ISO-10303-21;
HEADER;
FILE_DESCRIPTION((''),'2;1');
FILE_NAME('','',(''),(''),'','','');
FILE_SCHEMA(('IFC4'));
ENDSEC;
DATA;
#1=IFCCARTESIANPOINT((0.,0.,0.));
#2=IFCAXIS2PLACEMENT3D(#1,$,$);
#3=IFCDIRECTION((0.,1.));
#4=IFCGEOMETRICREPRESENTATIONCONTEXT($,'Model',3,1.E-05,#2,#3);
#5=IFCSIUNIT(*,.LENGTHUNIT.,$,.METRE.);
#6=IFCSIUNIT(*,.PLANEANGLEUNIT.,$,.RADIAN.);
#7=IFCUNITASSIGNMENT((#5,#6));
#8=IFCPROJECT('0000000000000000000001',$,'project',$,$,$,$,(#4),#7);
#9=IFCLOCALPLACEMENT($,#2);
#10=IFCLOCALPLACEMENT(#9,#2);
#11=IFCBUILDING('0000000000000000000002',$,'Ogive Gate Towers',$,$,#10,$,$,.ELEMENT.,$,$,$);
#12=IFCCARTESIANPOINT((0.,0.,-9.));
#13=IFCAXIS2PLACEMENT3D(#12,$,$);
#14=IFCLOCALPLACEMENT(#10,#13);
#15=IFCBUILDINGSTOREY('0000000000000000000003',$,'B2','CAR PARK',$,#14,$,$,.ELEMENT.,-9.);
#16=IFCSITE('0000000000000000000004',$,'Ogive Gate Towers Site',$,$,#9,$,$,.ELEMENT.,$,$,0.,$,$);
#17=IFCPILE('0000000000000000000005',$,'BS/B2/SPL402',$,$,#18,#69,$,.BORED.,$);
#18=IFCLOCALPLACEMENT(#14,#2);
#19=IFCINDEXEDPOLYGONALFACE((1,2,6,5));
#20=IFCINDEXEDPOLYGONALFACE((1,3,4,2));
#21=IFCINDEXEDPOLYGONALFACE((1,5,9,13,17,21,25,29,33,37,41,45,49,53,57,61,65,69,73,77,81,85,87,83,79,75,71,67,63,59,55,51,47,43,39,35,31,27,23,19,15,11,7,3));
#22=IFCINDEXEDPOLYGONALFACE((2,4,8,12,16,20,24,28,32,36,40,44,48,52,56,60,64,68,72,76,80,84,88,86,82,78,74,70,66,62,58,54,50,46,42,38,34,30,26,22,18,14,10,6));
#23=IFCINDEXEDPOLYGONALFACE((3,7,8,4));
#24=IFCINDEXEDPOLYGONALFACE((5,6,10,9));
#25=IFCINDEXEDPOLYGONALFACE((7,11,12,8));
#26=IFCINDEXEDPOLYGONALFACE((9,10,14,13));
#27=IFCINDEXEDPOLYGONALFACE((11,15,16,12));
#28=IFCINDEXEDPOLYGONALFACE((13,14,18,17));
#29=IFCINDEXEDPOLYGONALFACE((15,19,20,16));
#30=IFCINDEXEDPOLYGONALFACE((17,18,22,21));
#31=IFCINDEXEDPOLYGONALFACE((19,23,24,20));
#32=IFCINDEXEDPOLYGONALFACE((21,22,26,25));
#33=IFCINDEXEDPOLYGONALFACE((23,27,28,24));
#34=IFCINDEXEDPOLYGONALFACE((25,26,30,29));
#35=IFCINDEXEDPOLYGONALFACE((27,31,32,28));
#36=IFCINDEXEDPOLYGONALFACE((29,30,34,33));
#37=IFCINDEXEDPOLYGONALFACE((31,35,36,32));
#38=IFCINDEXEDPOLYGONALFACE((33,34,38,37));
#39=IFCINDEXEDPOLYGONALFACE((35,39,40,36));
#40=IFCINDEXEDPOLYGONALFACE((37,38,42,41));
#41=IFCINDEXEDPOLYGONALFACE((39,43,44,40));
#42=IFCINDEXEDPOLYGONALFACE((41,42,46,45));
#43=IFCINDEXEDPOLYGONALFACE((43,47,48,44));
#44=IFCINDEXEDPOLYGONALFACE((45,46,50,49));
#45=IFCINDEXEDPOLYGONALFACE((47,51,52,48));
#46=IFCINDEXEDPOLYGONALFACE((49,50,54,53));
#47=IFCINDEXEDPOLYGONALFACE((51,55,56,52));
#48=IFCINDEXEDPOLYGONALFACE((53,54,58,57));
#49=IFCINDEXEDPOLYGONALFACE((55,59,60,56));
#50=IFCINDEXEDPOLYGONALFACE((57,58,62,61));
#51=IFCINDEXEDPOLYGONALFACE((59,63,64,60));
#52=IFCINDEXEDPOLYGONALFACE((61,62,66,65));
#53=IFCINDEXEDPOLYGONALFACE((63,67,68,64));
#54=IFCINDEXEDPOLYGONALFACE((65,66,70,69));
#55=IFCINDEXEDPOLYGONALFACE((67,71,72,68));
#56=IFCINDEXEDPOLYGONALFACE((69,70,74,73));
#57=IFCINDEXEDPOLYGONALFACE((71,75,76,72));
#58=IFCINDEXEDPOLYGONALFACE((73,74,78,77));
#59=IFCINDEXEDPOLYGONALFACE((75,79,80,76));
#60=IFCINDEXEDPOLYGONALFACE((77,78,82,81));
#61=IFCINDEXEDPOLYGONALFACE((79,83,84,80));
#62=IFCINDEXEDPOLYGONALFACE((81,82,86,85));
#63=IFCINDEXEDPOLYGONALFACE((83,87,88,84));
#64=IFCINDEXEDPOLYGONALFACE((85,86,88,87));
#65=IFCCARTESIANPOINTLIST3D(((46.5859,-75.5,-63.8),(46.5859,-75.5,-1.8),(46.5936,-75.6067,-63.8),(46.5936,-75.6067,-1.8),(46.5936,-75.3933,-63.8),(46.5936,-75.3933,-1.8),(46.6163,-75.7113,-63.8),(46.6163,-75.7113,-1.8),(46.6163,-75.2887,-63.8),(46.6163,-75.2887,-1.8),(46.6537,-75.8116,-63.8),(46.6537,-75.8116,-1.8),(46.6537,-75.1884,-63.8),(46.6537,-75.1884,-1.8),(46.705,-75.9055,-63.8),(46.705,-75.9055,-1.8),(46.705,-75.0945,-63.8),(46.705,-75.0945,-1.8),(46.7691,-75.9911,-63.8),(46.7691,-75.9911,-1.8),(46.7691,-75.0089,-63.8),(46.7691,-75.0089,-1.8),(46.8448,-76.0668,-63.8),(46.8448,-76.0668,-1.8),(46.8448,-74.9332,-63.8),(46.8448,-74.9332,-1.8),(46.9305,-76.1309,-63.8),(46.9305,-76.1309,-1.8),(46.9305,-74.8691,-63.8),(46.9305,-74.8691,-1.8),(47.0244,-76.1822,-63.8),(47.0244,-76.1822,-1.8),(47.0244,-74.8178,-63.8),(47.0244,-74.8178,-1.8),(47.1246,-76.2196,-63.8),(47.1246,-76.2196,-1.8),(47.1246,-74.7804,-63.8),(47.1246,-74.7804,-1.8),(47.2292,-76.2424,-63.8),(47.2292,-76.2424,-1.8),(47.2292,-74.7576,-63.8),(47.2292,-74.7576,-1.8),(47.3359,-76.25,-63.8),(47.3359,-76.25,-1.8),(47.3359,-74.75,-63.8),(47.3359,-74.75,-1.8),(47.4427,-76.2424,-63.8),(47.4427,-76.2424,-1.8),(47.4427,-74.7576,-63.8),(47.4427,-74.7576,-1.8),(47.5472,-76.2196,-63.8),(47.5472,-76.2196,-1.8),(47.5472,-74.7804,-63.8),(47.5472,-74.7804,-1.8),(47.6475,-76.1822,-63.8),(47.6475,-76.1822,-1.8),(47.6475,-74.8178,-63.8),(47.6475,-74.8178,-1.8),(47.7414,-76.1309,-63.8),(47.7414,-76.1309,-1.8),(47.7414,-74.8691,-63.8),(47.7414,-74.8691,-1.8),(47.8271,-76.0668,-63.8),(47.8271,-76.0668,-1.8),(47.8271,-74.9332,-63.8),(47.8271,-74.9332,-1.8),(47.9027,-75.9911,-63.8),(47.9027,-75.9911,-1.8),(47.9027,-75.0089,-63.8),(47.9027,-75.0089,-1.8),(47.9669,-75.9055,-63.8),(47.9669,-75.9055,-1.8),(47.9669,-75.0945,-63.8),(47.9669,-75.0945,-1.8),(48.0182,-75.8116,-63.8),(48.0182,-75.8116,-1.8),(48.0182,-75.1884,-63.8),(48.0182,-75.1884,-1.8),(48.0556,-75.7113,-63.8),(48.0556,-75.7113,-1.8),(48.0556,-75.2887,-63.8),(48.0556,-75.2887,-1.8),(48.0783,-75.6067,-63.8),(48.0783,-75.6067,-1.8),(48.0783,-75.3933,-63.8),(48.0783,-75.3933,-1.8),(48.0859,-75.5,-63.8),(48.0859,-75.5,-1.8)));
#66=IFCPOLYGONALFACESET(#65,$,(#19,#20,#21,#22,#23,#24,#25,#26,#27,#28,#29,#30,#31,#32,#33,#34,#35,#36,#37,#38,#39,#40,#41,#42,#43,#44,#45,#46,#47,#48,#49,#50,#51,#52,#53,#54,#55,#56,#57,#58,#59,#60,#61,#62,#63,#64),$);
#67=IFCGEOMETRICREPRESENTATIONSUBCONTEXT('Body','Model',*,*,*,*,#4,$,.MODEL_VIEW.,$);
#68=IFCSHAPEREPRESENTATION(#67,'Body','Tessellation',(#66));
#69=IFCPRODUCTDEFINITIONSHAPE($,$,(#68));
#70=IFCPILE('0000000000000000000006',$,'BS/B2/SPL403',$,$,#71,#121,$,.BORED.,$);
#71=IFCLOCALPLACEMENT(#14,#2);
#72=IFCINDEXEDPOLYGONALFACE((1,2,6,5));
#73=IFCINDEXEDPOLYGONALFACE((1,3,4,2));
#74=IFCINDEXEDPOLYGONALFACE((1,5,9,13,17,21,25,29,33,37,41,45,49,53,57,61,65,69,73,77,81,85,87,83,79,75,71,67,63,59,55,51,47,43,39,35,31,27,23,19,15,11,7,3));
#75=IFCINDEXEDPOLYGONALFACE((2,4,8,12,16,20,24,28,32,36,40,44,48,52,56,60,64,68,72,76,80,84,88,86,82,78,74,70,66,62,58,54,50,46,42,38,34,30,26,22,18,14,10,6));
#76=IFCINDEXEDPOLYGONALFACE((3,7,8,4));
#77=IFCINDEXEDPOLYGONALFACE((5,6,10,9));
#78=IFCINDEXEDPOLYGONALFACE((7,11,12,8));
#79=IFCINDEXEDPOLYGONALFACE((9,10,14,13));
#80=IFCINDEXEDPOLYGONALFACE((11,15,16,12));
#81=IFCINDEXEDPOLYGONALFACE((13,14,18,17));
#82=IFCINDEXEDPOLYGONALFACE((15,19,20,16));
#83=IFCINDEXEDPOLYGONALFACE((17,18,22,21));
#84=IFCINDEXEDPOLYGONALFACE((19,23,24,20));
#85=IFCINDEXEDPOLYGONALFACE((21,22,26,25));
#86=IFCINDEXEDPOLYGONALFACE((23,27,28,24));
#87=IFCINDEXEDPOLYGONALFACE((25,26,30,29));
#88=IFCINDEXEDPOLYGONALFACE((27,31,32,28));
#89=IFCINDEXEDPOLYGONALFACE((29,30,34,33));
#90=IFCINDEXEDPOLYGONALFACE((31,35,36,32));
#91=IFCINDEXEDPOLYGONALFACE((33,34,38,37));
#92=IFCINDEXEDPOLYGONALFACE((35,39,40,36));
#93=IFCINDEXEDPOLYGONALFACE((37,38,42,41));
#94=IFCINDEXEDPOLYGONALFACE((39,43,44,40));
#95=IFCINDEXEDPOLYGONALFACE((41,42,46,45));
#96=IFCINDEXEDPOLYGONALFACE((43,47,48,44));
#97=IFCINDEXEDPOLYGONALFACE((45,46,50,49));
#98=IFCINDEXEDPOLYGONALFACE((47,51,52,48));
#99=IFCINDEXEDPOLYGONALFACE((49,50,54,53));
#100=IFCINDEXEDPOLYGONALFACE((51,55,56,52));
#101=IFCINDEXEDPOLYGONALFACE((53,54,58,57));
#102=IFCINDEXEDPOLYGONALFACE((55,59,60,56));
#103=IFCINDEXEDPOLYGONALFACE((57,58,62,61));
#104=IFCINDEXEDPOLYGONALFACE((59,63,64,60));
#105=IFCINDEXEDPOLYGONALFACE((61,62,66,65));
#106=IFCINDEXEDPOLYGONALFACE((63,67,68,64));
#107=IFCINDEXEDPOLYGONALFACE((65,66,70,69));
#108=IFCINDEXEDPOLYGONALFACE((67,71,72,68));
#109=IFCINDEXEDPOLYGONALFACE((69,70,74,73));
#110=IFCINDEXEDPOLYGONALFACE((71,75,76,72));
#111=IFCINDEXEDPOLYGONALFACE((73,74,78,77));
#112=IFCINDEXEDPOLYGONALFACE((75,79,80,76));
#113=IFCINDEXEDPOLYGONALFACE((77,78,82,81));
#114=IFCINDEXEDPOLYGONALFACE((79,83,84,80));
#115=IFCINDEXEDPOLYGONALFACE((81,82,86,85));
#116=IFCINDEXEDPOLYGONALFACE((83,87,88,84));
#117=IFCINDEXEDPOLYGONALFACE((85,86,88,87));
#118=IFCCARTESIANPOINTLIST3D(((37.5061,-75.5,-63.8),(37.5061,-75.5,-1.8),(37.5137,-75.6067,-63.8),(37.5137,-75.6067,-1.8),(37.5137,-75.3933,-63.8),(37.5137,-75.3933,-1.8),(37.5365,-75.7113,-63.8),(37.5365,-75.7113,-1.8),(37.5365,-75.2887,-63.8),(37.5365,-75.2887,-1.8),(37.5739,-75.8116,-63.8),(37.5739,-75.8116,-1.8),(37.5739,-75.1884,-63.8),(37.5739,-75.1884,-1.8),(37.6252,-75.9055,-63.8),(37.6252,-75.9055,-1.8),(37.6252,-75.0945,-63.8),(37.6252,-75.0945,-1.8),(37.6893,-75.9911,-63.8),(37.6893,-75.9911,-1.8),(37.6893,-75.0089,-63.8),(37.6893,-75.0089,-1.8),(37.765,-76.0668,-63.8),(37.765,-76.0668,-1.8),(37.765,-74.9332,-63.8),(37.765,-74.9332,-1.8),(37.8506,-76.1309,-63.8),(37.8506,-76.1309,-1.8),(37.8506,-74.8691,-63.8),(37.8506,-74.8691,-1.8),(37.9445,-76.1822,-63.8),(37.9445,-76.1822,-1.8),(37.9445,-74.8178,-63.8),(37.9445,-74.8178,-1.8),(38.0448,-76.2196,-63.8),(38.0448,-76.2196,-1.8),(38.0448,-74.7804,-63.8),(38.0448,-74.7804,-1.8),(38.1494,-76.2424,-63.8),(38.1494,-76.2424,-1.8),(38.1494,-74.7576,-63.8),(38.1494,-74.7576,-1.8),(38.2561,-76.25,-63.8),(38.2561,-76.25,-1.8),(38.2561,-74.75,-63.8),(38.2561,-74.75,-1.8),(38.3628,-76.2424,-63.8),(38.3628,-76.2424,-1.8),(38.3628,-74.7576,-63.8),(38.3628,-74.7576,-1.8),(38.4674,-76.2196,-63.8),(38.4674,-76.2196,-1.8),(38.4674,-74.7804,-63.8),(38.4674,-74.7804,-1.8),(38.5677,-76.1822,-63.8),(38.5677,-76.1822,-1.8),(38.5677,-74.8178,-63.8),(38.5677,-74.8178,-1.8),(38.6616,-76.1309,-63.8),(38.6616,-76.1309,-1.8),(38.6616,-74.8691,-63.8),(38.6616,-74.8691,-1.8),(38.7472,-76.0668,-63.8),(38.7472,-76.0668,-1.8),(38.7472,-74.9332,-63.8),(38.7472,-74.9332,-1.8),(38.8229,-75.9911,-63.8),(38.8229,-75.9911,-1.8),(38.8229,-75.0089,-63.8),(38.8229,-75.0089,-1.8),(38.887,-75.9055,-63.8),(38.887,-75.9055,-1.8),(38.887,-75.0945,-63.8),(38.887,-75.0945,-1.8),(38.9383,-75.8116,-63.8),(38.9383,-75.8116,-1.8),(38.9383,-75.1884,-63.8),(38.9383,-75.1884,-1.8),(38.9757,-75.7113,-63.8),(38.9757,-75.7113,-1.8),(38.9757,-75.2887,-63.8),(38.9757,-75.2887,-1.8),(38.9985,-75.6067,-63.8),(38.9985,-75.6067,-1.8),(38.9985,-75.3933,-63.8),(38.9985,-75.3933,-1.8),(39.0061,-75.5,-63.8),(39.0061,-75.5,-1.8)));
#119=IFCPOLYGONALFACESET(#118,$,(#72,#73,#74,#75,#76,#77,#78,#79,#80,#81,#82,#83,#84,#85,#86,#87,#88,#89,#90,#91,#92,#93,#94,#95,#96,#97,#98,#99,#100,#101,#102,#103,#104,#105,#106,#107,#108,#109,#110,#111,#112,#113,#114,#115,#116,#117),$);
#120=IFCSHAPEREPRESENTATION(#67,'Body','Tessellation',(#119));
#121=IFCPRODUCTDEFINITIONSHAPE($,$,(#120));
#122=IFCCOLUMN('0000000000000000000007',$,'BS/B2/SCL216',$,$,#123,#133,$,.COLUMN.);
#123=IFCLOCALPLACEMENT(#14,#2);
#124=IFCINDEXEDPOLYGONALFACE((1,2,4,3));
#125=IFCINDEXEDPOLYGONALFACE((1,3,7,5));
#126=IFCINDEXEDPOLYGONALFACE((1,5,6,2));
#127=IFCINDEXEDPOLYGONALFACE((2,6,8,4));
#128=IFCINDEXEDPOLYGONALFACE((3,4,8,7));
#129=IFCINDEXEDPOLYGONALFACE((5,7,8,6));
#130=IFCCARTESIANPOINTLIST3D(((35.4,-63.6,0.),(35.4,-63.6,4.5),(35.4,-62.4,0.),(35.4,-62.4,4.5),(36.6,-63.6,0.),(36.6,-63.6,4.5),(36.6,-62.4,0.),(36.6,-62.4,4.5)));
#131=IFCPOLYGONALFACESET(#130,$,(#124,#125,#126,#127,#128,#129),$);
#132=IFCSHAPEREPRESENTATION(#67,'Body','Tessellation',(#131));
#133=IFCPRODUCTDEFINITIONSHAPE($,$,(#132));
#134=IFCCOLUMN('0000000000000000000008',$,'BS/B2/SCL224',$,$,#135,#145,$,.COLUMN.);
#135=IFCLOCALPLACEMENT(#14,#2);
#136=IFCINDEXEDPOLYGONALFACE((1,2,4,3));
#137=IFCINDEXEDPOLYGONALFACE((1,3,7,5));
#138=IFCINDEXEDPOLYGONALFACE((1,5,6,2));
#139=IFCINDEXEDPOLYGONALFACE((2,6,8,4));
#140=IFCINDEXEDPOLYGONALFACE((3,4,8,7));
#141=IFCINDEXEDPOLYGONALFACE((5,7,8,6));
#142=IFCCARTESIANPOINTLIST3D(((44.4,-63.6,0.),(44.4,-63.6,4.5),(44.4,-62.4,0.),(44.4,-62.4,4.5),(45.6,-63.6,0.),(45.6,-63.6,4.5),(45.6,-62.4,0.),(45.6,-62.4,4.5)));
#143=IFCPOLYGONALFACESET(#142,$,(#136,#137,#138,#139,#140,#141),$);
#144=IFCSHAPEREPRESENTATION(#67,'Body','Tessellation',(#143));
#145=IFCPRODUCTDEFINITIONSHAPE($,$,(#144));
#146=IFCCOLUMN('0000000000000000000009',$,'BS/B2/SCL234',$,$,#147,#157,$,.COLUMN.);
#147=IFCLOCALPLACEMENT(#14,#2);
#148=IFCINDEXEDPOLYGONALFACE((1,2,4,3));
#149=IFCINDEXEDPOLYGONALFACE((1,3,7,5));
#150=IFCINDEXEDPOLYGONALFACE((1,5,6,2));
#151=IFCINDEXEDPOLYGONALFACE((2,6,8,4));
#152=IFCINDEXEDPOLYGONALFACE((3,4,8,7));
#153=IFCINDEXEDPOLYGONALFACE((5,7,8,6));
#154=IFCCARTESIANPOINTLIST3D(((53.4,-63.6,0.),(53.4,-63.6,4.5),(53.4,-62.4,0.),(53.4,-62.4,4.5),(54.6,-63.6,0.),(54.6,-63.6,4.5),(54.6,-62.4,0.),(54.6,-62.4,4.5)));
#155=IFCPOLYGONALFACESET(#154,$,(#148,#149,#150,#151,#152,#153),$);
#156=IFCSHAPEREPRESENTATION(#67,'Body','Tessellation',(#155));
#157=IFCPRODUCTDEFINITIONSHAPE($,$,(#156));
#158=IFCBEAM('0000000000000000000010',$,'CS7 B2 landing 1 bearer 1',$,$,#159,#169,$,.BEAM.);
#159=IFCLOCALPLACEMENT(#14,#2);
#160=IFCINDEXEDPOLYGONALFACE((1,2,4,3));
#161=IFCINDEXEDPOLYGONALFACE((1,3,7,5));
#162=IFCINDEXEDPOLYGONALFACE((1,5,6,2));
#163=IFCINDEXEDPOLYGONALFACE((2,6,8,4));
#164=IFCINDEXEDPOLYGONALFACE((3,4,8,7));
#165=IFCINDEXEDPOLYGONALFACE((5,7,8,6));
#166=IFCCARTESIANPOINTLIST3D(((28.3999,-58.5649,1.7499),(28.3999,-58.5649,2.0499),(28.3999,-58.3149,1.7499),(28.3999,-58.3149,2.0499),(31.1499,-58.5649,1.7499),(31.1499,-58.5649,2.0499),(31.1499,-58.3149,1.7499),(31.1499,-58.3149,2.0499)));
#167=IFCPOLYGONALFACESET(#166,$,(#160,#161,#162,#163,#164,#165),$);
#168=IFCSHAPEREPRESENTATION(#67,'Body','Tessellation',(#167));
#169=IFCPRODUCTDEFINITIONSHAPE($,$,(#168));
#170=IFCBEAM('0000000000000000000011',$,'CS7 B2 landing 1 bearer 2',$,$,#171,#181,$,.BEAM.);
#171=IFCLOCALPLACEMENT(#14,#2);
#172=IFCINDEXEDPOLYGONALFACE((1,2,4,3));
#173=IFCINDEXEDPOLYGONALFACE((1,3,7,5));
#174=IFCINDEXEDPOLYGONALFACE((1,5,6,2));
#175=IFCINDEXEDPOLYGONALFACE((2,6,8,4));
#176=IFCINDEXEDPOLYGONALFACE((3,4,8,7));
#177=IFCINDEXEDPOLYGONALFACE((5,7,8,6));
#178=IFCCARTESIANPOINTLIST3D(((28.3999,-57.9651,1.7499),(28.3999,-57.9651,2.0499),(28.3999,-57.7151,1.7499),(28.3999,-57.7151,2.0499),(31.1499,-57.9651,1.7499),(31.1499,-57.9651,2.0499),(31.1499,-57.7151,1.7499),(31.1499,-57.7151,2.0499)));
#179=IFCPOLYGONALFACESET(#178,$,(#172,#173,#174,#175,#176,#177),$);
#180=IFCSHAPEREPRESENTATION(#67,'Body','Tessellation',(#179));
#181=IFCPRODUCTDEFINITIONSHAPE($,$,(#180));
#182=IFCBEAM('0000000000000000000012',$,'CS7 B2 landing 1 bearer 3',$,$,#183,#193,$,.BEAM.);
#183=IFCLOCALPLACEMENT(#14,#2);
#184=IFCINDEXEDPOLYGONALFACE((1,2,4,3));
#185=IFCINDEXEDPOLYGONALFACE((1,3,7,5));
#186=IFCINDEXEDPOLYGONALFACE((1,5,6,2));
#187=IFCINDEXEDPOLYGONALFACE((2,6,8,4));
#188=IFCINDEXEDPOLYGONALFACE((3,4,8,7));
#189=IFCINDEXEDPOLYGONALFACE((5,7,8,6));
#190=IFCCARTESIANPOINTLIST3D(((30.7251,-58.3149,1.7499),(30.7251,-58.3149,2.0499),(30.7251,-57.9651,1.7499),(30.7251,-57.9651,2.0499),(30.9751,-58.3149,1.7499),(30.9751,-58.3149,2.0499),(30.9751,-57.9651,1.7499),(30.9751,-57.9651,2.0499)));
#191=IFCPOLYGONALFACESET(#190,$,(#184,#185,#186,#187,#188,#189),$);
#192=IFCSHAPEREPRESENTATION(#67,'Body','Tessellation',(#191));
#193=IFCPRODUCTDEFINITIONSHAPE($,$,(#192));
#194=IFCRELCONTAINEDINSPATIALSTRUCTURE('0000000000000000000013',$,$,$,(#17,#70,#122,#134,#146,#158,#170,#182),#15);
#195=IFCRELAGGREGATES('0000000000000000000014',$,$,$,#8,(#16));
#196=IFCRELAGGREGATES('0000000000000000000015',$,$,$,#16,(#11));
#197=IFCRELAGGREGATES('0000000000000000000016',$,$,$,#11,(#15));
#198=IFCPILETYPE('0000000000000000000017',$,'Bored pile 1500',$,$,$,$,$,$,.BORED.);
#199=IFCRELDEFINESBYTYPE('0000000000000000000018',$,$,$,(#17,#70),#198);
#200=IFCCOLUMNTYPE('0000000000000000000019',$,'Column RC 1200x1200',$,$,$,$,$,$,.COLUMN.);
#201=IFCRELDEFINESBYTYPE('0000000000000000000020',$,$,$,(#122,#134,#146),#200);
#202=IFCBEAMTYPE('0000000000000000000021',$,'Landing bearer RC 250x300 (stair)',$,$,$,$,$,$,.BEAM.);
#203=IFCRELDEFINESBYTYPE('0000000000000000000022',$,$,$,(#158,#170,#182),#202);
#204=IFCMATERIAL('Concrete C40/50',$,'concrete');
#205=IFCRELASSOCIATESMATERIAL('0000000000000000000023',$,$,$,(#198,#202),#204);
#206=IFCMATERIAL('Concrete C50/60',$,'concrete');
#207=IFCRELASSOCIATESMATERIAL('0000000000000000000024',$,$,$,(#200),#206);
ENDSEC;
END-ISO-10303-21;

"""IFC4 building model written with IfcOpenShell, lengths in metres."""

from ifc_helpers import new_model, si_unit, direction, frame, origin, origin_2d, place, context, subcontext, project, spatial, rectangle, circle, extrude, material, material_profile, profile_set, type_object, element, save


model = new_model("IFC4")

# Units and contexts
model_context = context("Model", 3, precision=1e-05, world=origin(), true_north=direction((0.0, 1.0)))
body_context = subcontext(model_context, "Body", "Model", "MODEL_VIEW")
ifc_project = project(units=[si_unit("LENGTHUNIT", "METRE"), si_unit("PLANEANGLEUNIT", "RADIAN")], contexts=[model_context])

# Site, building, storey
site_placement = place(None, origin())
site = spatial("IfcSite", under=ifc_project, at=site_placement, Name="Ogive Gate Towers Site", CompositionType="ELEMENT", RefElevation=0.0)
building_placement = place(site_placement, origin())
building = spatial("IfcBuilding", under=site, at=building_placement, Name="Ogive Gate Towers", CompositionType="ELEMENT")
storey_placement = place(building_placement, frame((0.0, 0.0, -9.0)))
storey = spatial("IfcBuildingStorey", under=building, at=storey_placement, Name="B2", Description="CAR PARK", CompositionType="ELEMENT", Elevation=-9.0)

# Piles
ifc_material_1 = material(Name="Concrete C40/50", Category="concrete")
ifc_material_profile_1 = material_profile(ifc_material_1, circle(Radius=0.75, at=origin_2d()), Name="BP 1500")
ifc_profile_set_1 = profile_set([ifc_material_profile_1], Name="Concrete C40/50")
pile_type = type_object("IfcPileType", Name="Bored pile 1500", PredefinedType="BORED", material=ifc_profile_set_1)
for number, where, z_axis, x_axis, name in (
    (1, (47.3359, -75.5, -1.8), (0.0, 0.0, -1.0), (1.0, 0.0, 0.0), "BS/B2/SPL402"),
    (2, (38.2561, -75.5, -1.8), (0.0, 0.0, -1.0), (1.0, 0.0, 0.0), "BS/B2/SPL403"),
):
    element("IfcPile", number, at=place(storey_placement, frame(where, z_axis=z_axis, x_axis=x_axis)), inside=storey, type_object=pile_type, Name=name, PredefinedType="BORED", context=body_context, shape_type="SweptSolid", body=[
        extrude(circle(Radius=0.75, at=origin_2d()), origin(), (0.0, 0.0, 1.0), 62.0),
    ])

# Columns
ifc_material_2 = material(Name="Concrete C50/60", Category="concrete")
ifc_material_profile_2 = material_profile(ifc_material_2, rectangle(XDim=1.2, YDim=1.2, at=origin_2d()), Name="RC 1200x1200")
ifc_profile_set_2 = profile_set([ifc_material_profile_2], Name="Concrete C50/60")
column_type = type_object("IfcColumnType", Name="Column RC 1200x1200", PredefinedType="COLUMN", material=ifc_profile_set_2)
for number, where, z_axis, x_axis, name in (
    (3, (36.0, -63.0, 0.0), (0.0, 0.0, 1.0), (1.0, 0.0, 0.0), "BS/B2/SCL216"),
    (4, (45.0, -63.0, 0.0), (0.0, 0.0, 1.0), (1.0, 0.0, 0.0), "BS/B2/SCL224"),
    (5, (54.0, -63.0, 0.0), (0.0, 0.0, 1.0), (1.0, 0.0, 0.0), "BS/B2/SCL234"),
):
    element("IfcColumn", number, at=place(storey_placement, frame(where, z_axis=z_axis, x_axis=x_axis)), inside=storey, type_object=column_type, Name=name, PredefinedType="COLUMN", context=body_context, shape_type="SweptSolid", body=[
        extrude(rectangle(XDim=1.2, YDim=1.2, at=origin_2d()), origin(), (0.0, 0.0, 1.0), 4.5),
    ])

# Beams
ifc_material_profile_3 = material_profile(ifc_material_1, rectangle(XDim=0.25, YDim=0.3, at=origin_2d()), Name="RC 250x300")
ifc_profile_set_3 = profile_set([ifc_material_profile_3], Name="Concrete C40/50")
beam_type = type_object("IfcBeamType", Name="Landing bearer RC 250x300 (stair)", PredefinedType="BEAM", material=ifc_profile_set_3)
for number, where, z_axis, x_axis, name in (
    (6, (31.1499, -58.4399, 1.8999), (-1.0, 0.0, 0.0), (0.0, -1.0, 0.0), "CS7 B2 landing 1 bearer 1"),
    (7, (31.1499, -57.8401, 1.8999), (-1.0, 0.0, 0.0), (0.0, -1.0, 0.0), "CS7 B2 landing 1 bearer 2"),
):
    element("IfcBeam", number, at=place(storey_placement, frame(where, z_axis=z_axis, x_axis=x_axis)), inside=storey, type_object=beam_type, Name=name, PredefinedType="BEAM", context=body_context, shape_type="SweptSolid", body=[
        extrude(rectangle(XDim=0.25, YDim=0.3, at=origin_2d()), origin(), (0.0, 0.0, 1.0), 2.75),
    ])
beam_placement = place(storey_placement, frame((30.8501, -58.3149, 1.8999), z_axis=(0.0, 1.0, 0.0), x_axis=(-1.0, 0.0, 0.0)))
element("IfcBeam", 8, at=beam_placement, inside=storey, type_object=beam_type, Name="CS7 B2 landing 1 bearer 3", PredefinedType="BEAM", context=body_context, shape_type="SweptSolid", body=[
    extrude(rectangle(XDim=0.25, YDim=0.3, at=origin_2d()), origin(), (0.0, 0.0, 1.0), 0.3499),
])

save(model, "model.ifc")
